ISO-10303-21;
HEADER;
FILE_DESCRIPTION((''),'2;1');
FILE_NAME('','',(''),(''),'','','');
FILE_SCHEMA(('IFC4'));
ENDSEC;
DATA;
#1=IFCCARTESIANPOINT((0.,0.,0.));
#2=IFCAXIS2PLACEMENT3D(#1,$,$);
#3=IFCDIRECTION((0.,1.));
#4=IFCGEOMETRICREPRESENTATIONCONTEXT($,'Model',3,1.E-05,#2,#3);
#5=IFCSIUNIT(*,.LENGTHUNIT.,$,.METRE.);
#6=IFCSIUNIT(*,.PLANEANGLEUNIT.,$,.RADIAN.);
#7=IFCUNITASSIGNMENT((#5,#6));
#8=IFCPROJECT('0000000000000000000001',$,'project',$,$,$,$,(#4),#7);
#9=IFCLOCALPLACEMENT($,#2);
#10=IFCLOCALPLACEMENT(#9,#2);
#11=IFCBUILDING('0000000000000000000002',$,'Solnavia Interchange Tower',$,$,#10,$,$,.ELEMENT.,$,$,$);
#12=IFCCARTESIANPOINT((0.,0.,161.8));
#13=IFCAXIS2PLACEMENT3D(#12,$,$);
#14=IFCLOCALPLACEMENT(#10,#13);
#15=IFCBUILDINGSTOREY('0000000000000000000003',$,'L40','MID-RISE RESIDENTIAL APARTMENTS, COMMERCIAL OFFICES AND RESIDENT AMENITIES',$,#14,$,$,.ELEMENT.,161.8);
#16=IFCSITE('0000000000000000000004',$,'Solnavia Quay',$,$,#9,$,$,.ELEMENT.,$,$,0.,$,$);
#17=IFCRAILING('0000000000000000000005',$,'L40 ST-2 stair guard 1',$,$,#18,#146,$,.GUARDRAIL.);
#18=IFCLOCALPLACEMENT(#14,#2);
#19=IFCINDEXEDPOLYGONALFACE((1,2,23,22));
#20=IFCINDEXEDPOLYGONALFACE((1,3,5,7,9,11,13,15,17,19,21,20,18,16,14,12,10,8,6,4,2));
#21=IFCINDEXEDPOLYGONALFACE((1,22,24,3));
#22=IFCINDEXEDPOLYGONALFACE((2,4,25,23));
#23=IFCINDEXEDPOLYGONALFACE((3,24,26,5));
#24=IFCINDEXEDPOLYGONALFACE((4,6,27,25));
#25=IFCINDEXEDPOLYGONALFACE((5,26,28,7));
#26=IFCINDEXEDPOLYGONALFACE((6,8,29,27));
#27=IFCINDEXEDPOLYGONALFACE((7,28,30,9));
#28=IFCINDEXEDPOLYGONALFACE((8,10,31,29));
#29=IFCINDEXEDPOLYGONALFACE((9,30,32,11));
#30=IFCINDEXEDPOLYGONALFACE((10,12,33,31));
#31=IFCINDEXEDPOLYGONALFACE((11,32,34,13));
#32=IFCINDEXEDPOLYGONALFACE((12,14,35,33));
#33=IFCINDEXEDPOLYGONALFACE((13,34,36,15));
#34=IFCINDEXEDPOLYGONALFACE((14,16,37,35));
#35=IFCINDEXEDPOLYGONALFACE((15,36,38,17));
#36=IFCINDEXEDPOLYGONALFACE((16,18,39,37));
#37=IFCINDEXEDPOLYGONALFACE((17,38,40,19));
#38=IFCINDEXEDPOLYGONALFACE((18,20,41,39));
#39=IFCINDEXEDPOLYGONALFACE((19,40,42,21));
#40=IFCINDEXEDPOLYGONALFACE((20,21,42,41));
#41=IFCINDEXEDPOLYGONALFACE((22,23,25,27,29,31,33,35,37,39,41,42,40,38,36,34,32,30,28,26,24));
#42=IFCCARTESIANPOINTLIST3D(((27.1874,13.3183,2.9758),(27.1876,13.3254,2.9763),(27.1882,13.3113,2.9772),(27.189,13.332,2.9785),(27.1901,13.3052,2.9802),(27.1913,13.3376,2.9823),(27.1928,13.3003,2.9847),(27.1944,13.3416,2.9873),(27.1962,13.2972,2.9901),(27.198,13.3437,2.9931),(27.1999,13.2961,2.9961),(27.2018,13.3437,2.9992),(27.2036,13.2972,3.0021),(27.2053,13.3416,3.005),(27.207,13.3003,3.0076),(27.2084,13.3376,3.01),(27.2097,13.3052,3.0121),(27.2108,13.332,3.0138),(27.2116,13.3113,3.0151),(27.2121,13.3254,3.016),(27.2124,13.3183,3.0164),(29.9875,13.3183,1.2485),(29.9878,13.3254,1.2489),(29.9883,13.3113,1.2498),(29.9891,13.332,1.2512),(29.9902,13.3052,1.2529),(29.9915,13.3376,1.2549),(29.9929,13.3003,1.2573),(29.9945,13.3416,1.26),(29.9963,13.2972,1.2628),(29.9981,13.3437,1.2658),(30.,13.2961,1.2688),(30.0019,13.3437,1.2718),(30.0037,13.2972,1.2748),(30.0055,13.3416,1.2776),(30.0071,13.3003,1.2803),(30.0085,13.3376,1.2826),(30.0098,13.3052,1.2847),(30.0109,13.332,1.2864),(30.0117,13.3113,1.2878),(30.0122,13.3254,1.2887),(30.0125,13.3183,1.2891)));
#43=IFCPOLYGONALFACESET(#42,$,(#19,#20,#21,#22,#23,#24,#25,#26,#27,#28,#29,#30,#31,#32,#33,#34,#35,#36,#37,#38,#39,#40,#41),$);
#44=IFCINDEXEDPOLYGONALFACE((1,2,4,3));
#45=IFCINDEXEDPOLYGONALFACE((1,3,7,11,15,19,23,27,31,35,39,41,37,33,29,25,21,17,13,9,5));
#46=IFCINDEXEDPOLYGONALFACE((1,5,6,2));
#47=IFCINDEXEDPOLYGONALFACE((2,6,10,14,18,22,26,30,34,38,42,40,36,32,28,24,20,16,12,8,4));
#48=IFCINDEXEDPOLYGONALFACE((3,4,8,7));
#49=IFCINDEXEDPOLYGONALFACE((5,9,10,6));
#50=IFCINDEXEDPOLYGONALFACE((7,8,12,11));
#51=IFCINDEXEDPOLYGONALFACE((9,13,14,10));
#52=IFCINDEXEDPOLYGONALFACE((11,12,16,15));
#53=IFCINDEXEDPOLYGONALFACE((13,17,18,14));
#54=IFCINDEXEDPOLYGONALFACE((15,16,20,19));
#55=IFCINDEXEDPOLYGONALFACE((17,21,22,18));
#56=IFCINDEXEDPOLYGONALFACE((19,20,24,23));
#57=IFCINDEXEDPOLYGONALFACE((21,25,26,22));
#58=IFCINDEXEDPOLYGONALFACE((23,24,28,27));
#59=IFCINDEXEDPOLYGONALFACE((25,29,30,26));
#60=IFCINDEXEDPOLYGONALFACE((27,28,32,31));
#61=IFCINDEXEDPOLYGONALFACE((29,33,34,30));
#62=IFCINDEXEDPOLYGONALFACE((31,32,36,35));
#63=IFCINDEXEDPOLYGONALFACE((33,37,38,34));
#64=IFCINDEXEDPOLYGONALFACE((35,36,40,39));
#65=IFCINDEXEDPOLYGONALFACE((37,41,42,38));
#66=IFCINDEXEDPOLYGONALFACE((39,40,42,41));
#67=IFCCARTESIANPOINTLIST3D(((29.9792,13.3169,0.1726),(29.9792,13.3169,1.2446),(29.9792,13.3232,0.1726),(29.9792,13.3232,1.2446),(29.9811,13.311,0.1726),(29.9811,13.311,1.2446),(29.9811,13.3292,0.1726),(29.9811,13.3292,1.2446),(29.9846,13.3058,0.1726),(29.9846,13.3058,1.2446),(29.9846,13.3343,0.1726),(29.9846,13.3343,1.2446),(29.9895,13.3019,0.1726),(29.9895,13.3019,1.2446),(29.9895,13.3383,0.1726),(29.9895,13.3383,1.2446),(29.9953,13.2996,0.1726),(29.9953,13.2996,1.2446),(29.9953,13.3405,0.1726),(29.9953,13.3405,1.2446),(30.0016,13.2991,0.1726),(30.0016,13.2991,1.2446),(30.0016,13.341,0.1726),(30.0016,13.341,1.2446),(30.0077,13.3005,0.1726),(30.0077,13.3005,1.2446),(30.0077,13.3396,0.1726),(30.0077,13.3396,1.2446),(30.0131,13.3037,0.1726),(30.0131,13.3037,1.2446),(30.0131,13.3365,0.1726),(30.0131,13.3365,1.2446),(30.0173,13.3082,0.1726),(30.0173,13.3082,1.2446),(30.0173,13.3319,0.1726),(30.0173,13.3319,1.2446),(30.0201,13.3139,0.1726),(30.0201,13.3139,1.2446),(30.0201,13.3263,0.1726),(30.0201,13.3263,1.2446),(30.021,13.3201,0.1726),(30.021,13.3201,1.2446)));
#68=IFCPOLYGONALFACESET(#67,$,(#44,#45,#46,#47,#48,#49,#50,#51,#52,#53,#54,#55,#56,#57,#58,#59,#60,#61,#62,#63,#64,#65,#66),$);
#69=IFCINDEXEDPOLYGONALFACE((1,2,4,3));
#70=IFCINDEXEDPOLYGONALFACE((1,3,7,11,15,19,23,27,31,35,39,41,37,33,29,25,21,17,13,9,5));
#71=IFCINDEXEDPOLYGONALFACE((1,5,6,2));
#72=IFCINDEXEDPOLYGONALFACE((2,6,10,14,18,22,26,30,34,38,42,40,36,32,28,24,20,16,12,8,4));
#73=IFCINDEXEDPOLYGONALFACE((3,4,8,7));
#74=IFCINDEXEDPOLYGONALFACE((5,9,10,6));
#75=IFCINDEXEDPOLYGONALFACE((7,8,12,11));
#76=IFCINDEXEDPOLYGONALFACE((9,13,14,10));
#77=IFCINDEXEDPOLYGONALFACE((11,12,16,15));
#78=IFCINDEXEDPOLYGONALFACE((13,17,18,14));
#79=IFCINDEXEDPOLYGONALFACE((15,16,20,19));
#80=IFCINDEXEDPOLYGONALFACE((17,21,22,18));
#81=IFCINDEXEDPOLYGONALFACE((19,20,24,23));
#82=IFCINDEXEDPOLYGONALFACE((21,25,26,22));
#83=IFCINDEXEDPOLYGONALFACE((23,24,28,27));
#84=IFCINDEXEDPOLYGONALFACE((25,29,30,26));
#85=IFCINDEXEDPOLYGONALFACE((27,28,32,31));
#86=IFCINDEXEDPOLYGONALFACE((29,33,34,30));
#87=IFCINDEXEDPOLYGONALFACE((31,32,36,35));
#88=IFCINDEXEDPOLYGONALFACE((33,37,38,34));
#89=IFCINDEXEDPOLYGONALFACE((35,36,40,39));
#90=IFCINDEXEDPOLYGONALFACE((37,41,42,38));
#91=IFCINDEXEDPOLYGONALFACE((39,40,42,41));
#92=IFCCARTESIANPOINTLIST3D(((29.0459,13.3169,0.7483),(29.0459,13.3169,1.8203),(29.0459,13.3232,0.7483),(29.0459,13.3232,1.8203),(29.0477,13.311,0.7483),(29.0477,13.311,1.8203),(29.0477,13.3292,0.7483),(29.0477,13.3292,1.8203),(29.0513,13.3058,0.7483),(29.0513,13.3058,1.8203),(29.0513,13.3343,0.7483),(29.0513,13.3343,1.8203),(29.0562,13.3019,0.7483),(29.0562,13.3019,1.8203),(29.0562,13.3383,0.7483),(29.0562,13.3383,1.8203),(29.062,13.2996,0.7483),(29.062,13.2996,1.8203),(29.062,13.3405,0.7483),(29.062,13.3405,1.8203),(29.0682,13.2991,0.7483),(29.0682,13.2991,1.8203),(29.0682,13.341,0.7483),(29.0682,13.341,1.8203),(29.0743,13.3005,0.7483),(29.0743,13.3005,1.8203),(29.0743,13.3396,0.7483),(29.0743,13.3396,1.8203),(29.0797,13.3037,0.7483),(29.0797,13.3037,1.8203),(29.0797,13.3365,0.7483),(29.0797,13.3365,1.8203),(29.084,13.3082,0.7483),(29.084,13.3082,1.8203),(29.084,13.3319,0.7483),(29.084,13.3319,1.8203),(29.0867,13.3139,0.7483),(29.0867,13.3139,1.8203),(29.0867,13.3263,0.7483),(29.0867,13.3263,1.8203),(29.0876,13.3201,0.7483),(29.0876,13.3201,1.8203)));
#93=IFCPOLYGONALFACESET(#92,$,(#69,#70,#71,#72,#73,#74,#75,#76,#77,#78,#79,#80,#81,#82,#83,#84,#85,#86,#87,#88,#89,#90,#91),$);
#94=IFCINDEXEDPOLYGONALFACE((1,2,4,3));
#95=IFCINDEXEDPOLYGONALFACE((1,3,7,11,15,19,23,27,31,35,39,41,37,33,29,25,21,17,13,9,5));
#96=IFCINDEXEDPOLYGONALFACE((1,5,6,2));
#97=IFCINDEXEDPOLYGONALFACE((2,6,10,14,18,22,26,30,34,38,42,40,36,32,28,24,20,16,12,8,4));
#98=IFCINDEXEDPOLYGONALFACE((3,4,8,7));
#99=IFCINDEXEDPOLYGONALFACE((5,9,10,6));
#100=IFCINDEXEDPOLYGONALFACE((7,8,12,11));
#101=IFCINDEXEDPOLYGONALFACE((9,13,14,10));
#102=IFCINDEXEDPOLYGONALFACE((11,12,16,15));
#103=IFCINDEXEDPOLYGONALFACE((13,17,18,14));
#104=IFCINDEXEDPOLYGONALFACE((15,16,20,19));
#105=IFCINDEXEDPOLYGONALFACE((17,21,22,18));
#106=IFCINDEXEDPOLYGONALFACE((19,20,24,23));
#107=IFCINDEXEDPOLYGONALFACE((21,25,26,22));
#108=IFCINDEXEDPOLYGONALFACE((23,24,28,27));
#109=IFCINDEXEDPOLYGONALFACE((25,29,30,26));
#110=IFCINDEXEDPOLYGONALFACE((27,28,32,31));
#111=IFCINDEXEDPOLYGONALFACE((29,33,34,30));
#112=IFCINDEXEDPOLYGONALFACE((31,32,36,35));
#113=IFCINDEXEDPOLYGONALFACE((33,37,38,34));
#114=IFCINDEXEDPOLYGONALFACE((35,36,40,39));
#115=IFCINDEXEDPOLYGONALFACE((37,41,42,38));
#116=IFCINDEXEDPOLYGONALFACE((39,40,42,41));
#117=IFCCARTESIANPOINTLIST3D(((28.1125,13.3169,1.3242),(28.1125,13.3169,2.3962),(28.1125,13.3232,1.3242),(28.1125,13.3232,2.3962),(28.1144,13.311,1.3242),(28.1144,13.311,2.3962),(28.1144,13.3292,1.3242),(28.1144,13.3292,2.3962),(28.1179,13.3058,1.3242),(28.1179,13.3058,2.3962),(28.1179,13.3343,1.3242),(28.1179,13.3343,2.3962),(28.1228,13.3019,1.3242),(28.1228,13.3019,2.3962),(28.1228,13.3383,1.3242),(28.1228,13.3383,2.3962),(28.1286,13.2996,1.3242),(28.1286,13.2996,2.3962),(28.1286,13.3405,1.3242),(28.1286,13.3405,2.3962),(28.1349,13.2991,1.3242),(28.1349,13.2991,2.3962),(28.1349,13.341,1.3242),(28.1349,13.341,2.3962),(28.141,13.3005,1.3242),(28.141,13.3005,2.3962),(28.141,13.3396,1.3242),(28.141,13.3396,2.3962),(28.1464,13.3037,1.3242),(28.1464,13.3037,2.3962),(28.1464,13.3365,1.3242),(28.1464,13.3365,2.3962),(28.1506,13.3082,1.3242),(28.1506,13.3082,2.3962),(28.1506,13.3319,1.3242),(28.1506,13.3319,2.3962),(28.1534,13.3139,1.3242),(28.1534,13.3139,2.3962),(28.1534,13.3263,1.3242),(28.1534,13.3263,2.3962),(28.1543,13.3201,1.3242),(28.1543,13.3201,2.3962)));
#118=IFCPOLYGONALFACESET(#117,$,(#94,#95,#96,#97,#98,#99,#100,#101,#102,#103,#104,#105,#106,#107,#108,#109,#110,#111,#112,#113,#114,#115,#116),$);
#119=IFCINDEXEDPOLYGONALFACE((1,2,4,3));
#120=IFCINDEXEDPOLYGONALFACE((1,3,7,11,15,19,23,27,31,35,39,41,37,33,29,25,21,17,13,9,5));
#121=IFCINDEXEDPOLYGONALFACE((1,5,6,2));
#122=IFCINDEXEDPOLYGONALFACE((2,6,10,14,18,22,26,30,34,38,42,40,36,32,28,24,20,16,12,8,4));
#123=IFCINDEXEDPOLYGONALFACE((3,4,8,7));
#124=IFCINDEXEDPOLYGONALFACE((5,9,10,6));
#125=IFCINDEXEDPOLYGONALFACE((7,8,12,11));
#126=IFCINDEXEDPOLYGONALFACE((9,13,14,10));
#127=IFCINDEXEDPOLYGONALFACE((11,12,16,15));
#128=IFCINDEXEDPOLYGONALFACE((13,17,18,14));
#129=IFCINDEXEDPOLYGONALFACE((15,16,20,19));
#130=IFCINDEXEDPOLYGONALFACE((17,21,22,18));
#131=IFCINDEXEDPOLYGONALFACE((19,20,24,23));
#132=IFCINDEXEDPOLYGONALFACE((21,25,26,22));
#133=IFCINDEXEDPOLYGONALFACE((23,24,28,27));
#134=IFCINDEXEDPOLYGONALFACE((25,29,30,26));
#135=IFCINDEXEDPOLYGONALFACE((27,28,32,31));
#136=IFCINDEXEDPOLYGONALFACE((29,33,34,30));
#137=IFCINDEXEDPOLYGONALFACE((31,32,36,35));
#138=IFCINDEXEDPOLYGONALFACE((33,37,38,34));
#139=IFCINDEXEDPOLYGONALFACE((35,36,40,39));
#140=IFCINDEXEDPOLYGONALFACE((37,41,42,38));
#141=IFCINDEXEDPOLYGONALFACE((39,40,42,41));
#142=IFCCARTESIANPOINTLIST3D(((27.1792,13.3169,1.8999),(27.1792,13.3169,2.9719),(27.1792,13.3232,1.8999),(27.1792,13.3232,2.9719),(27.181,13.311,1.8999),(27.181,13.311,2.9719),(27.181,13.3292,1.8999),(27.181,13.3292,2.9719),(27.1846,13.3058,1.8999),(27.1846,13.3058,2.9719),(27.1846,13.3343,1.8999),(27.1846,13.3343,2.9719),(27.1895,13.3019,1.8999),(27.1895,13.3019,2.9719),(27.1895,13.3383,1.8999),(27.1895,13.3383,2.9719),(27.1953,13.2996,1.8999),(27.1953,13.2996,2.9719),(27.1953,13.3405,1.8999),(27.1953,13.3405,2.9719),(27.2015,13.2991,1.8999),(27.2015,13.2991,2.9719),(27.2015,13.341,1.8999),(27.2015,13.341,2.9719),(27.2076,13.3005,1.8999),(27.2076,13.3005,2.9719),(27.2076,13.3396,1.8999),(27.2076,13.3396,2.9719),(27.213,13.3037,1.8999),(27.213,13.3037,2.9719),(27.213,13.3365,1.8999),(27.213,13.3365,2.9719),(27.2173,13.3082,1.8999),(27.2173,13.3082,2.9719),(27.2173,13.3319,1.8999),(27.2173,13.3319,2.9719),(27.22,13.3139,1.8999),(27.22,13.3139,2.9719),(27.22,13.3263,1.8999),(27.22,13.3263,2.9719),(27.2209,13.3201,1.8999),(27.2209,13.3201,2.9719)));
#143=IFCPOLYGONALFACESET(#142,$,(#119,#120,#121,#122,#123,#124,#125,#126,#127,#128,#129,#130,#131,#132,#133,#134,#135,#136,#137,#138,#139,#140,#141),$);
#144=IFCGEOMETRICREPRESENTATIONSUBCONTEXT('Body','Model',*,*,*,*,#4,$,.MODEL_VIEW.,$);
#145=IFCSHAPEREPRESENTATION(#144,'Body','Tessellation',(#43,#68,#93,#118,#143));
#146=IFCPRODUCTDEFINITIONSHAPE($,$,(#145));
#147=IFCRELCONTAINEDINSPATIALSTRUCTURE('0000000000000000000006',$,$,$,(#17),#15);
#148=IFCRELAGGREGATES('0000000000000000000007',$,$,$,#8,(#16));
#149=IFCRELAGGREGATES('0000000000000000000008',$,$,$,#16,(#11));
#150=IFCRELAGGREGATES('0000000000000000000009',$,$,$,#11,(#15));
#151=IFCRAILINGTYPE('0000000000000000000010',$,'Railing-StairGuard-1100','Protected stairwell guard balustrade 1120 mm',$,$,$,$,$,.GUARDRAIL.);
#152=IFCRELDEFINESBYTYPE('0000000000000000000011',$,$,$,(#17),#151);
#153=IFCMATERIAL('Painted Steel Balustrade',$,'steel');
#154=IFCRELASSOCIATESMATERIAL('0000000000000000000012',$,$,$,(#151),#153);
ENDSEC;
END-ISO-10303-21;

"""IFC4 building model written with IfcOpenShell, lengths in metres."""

from ifc_helpers import new_model, si_unit, direction, frame, origin, origin_2d, place, context, subcontext, project, spatial, circle, extrude, material, type_object, element, save


model = new_model("IFC4")

# Units and contexts
model_context = context("Model", 3, precision=1e-05, world=origin(), true_north=direction((0.0, 1.0)))
body_context = subcontext(model_context, "Body", "Model", "MODEL_VIEW")
ifc_project = project(units=[si_unit("LENGTHUNIT", "METRE"), si_unit("PLANEANGLEUNIT", "RADIAN")], contexts=[model_context])

# Site, building, storey
site_placement = place(None, origin())
site = spatial("IfcSite", under=ifc_project, at=site_placement, Name="Solnavia Quay", CompositionType="ELEMENT", RefElevation=0.0)
building_placement = place(site_placement, origin())
building = spatial("IfcBuilding", under=site, at=building_placement, Name="Solnavia Interchange Tower", CompositionType="ELEMENT")
storey_placement = place(building_placement, frame((0.0, 0.0, 161.8)))
storey = spatial("IfcBuildingStorey", under=building, at=storey_placement, Name="L40", Description="MID-RISE RESIDENTIAL APARTMENTS, COMMERCIAL OFFICES AND RESIDENT AMENITIES", CompositionType="ELEMENT", Elevation=161.8)

# Railing
ifc_material_1 = material(Name="Painted Steel Balustrade", Category="steel")
railing_type_1 = type_object("IfcRailingType", Name="Railing-StairGuard-1100", Description="Protected stairwell guard balustrade 1120 mm", PredefinedType="GUARDRAIL", material=ifc_material_1)
railing_1_placement = place(storey_placement, frame((30.0, 13.3201, 0.1726)))
element("IfcRailing", 1, at=railing_1_placement, inside=storey, type_object=railing_type_1, Name="L40 ST-2 stair guard 1", PredefinedType="GUARDRAIL", context=body_context, shape_type="SweptSolid", body=[
    extrude(circle(Radius=0.0239, at=origin_2d()), frame((0.0, 0.0, 1.0962), z_axis=(-0.85109, 0.0, 0.52502), x_axis=(0.0, -1.0, 0.0)), (0.0, 0.0, 1.0), 3.29),
    extrude(circle(Radius=0.021, at=origin_2d()), origin(), (0.0, 0.0, 1.0), 1.072),
    extrude(circle(Radius=0.021, at=origin_2d()), frame((-0.9333, 0.0, 0.5757)), (0.0, 0.0, 1.0), 1.072),
    extrude(circle(Radius=0.021, at=origin_2d()), frame((-1.8667, 0.0, 1.1516)), (0.0, 0.0, 1.0), 1.072),
    extrude(circle(Radius=0.021, at=origin_2d()), frame((-2.8, 0.0, 1.7273)), (0.0, 0.0, 1.0), 1.072),
])

save(model, "model.ifc")
